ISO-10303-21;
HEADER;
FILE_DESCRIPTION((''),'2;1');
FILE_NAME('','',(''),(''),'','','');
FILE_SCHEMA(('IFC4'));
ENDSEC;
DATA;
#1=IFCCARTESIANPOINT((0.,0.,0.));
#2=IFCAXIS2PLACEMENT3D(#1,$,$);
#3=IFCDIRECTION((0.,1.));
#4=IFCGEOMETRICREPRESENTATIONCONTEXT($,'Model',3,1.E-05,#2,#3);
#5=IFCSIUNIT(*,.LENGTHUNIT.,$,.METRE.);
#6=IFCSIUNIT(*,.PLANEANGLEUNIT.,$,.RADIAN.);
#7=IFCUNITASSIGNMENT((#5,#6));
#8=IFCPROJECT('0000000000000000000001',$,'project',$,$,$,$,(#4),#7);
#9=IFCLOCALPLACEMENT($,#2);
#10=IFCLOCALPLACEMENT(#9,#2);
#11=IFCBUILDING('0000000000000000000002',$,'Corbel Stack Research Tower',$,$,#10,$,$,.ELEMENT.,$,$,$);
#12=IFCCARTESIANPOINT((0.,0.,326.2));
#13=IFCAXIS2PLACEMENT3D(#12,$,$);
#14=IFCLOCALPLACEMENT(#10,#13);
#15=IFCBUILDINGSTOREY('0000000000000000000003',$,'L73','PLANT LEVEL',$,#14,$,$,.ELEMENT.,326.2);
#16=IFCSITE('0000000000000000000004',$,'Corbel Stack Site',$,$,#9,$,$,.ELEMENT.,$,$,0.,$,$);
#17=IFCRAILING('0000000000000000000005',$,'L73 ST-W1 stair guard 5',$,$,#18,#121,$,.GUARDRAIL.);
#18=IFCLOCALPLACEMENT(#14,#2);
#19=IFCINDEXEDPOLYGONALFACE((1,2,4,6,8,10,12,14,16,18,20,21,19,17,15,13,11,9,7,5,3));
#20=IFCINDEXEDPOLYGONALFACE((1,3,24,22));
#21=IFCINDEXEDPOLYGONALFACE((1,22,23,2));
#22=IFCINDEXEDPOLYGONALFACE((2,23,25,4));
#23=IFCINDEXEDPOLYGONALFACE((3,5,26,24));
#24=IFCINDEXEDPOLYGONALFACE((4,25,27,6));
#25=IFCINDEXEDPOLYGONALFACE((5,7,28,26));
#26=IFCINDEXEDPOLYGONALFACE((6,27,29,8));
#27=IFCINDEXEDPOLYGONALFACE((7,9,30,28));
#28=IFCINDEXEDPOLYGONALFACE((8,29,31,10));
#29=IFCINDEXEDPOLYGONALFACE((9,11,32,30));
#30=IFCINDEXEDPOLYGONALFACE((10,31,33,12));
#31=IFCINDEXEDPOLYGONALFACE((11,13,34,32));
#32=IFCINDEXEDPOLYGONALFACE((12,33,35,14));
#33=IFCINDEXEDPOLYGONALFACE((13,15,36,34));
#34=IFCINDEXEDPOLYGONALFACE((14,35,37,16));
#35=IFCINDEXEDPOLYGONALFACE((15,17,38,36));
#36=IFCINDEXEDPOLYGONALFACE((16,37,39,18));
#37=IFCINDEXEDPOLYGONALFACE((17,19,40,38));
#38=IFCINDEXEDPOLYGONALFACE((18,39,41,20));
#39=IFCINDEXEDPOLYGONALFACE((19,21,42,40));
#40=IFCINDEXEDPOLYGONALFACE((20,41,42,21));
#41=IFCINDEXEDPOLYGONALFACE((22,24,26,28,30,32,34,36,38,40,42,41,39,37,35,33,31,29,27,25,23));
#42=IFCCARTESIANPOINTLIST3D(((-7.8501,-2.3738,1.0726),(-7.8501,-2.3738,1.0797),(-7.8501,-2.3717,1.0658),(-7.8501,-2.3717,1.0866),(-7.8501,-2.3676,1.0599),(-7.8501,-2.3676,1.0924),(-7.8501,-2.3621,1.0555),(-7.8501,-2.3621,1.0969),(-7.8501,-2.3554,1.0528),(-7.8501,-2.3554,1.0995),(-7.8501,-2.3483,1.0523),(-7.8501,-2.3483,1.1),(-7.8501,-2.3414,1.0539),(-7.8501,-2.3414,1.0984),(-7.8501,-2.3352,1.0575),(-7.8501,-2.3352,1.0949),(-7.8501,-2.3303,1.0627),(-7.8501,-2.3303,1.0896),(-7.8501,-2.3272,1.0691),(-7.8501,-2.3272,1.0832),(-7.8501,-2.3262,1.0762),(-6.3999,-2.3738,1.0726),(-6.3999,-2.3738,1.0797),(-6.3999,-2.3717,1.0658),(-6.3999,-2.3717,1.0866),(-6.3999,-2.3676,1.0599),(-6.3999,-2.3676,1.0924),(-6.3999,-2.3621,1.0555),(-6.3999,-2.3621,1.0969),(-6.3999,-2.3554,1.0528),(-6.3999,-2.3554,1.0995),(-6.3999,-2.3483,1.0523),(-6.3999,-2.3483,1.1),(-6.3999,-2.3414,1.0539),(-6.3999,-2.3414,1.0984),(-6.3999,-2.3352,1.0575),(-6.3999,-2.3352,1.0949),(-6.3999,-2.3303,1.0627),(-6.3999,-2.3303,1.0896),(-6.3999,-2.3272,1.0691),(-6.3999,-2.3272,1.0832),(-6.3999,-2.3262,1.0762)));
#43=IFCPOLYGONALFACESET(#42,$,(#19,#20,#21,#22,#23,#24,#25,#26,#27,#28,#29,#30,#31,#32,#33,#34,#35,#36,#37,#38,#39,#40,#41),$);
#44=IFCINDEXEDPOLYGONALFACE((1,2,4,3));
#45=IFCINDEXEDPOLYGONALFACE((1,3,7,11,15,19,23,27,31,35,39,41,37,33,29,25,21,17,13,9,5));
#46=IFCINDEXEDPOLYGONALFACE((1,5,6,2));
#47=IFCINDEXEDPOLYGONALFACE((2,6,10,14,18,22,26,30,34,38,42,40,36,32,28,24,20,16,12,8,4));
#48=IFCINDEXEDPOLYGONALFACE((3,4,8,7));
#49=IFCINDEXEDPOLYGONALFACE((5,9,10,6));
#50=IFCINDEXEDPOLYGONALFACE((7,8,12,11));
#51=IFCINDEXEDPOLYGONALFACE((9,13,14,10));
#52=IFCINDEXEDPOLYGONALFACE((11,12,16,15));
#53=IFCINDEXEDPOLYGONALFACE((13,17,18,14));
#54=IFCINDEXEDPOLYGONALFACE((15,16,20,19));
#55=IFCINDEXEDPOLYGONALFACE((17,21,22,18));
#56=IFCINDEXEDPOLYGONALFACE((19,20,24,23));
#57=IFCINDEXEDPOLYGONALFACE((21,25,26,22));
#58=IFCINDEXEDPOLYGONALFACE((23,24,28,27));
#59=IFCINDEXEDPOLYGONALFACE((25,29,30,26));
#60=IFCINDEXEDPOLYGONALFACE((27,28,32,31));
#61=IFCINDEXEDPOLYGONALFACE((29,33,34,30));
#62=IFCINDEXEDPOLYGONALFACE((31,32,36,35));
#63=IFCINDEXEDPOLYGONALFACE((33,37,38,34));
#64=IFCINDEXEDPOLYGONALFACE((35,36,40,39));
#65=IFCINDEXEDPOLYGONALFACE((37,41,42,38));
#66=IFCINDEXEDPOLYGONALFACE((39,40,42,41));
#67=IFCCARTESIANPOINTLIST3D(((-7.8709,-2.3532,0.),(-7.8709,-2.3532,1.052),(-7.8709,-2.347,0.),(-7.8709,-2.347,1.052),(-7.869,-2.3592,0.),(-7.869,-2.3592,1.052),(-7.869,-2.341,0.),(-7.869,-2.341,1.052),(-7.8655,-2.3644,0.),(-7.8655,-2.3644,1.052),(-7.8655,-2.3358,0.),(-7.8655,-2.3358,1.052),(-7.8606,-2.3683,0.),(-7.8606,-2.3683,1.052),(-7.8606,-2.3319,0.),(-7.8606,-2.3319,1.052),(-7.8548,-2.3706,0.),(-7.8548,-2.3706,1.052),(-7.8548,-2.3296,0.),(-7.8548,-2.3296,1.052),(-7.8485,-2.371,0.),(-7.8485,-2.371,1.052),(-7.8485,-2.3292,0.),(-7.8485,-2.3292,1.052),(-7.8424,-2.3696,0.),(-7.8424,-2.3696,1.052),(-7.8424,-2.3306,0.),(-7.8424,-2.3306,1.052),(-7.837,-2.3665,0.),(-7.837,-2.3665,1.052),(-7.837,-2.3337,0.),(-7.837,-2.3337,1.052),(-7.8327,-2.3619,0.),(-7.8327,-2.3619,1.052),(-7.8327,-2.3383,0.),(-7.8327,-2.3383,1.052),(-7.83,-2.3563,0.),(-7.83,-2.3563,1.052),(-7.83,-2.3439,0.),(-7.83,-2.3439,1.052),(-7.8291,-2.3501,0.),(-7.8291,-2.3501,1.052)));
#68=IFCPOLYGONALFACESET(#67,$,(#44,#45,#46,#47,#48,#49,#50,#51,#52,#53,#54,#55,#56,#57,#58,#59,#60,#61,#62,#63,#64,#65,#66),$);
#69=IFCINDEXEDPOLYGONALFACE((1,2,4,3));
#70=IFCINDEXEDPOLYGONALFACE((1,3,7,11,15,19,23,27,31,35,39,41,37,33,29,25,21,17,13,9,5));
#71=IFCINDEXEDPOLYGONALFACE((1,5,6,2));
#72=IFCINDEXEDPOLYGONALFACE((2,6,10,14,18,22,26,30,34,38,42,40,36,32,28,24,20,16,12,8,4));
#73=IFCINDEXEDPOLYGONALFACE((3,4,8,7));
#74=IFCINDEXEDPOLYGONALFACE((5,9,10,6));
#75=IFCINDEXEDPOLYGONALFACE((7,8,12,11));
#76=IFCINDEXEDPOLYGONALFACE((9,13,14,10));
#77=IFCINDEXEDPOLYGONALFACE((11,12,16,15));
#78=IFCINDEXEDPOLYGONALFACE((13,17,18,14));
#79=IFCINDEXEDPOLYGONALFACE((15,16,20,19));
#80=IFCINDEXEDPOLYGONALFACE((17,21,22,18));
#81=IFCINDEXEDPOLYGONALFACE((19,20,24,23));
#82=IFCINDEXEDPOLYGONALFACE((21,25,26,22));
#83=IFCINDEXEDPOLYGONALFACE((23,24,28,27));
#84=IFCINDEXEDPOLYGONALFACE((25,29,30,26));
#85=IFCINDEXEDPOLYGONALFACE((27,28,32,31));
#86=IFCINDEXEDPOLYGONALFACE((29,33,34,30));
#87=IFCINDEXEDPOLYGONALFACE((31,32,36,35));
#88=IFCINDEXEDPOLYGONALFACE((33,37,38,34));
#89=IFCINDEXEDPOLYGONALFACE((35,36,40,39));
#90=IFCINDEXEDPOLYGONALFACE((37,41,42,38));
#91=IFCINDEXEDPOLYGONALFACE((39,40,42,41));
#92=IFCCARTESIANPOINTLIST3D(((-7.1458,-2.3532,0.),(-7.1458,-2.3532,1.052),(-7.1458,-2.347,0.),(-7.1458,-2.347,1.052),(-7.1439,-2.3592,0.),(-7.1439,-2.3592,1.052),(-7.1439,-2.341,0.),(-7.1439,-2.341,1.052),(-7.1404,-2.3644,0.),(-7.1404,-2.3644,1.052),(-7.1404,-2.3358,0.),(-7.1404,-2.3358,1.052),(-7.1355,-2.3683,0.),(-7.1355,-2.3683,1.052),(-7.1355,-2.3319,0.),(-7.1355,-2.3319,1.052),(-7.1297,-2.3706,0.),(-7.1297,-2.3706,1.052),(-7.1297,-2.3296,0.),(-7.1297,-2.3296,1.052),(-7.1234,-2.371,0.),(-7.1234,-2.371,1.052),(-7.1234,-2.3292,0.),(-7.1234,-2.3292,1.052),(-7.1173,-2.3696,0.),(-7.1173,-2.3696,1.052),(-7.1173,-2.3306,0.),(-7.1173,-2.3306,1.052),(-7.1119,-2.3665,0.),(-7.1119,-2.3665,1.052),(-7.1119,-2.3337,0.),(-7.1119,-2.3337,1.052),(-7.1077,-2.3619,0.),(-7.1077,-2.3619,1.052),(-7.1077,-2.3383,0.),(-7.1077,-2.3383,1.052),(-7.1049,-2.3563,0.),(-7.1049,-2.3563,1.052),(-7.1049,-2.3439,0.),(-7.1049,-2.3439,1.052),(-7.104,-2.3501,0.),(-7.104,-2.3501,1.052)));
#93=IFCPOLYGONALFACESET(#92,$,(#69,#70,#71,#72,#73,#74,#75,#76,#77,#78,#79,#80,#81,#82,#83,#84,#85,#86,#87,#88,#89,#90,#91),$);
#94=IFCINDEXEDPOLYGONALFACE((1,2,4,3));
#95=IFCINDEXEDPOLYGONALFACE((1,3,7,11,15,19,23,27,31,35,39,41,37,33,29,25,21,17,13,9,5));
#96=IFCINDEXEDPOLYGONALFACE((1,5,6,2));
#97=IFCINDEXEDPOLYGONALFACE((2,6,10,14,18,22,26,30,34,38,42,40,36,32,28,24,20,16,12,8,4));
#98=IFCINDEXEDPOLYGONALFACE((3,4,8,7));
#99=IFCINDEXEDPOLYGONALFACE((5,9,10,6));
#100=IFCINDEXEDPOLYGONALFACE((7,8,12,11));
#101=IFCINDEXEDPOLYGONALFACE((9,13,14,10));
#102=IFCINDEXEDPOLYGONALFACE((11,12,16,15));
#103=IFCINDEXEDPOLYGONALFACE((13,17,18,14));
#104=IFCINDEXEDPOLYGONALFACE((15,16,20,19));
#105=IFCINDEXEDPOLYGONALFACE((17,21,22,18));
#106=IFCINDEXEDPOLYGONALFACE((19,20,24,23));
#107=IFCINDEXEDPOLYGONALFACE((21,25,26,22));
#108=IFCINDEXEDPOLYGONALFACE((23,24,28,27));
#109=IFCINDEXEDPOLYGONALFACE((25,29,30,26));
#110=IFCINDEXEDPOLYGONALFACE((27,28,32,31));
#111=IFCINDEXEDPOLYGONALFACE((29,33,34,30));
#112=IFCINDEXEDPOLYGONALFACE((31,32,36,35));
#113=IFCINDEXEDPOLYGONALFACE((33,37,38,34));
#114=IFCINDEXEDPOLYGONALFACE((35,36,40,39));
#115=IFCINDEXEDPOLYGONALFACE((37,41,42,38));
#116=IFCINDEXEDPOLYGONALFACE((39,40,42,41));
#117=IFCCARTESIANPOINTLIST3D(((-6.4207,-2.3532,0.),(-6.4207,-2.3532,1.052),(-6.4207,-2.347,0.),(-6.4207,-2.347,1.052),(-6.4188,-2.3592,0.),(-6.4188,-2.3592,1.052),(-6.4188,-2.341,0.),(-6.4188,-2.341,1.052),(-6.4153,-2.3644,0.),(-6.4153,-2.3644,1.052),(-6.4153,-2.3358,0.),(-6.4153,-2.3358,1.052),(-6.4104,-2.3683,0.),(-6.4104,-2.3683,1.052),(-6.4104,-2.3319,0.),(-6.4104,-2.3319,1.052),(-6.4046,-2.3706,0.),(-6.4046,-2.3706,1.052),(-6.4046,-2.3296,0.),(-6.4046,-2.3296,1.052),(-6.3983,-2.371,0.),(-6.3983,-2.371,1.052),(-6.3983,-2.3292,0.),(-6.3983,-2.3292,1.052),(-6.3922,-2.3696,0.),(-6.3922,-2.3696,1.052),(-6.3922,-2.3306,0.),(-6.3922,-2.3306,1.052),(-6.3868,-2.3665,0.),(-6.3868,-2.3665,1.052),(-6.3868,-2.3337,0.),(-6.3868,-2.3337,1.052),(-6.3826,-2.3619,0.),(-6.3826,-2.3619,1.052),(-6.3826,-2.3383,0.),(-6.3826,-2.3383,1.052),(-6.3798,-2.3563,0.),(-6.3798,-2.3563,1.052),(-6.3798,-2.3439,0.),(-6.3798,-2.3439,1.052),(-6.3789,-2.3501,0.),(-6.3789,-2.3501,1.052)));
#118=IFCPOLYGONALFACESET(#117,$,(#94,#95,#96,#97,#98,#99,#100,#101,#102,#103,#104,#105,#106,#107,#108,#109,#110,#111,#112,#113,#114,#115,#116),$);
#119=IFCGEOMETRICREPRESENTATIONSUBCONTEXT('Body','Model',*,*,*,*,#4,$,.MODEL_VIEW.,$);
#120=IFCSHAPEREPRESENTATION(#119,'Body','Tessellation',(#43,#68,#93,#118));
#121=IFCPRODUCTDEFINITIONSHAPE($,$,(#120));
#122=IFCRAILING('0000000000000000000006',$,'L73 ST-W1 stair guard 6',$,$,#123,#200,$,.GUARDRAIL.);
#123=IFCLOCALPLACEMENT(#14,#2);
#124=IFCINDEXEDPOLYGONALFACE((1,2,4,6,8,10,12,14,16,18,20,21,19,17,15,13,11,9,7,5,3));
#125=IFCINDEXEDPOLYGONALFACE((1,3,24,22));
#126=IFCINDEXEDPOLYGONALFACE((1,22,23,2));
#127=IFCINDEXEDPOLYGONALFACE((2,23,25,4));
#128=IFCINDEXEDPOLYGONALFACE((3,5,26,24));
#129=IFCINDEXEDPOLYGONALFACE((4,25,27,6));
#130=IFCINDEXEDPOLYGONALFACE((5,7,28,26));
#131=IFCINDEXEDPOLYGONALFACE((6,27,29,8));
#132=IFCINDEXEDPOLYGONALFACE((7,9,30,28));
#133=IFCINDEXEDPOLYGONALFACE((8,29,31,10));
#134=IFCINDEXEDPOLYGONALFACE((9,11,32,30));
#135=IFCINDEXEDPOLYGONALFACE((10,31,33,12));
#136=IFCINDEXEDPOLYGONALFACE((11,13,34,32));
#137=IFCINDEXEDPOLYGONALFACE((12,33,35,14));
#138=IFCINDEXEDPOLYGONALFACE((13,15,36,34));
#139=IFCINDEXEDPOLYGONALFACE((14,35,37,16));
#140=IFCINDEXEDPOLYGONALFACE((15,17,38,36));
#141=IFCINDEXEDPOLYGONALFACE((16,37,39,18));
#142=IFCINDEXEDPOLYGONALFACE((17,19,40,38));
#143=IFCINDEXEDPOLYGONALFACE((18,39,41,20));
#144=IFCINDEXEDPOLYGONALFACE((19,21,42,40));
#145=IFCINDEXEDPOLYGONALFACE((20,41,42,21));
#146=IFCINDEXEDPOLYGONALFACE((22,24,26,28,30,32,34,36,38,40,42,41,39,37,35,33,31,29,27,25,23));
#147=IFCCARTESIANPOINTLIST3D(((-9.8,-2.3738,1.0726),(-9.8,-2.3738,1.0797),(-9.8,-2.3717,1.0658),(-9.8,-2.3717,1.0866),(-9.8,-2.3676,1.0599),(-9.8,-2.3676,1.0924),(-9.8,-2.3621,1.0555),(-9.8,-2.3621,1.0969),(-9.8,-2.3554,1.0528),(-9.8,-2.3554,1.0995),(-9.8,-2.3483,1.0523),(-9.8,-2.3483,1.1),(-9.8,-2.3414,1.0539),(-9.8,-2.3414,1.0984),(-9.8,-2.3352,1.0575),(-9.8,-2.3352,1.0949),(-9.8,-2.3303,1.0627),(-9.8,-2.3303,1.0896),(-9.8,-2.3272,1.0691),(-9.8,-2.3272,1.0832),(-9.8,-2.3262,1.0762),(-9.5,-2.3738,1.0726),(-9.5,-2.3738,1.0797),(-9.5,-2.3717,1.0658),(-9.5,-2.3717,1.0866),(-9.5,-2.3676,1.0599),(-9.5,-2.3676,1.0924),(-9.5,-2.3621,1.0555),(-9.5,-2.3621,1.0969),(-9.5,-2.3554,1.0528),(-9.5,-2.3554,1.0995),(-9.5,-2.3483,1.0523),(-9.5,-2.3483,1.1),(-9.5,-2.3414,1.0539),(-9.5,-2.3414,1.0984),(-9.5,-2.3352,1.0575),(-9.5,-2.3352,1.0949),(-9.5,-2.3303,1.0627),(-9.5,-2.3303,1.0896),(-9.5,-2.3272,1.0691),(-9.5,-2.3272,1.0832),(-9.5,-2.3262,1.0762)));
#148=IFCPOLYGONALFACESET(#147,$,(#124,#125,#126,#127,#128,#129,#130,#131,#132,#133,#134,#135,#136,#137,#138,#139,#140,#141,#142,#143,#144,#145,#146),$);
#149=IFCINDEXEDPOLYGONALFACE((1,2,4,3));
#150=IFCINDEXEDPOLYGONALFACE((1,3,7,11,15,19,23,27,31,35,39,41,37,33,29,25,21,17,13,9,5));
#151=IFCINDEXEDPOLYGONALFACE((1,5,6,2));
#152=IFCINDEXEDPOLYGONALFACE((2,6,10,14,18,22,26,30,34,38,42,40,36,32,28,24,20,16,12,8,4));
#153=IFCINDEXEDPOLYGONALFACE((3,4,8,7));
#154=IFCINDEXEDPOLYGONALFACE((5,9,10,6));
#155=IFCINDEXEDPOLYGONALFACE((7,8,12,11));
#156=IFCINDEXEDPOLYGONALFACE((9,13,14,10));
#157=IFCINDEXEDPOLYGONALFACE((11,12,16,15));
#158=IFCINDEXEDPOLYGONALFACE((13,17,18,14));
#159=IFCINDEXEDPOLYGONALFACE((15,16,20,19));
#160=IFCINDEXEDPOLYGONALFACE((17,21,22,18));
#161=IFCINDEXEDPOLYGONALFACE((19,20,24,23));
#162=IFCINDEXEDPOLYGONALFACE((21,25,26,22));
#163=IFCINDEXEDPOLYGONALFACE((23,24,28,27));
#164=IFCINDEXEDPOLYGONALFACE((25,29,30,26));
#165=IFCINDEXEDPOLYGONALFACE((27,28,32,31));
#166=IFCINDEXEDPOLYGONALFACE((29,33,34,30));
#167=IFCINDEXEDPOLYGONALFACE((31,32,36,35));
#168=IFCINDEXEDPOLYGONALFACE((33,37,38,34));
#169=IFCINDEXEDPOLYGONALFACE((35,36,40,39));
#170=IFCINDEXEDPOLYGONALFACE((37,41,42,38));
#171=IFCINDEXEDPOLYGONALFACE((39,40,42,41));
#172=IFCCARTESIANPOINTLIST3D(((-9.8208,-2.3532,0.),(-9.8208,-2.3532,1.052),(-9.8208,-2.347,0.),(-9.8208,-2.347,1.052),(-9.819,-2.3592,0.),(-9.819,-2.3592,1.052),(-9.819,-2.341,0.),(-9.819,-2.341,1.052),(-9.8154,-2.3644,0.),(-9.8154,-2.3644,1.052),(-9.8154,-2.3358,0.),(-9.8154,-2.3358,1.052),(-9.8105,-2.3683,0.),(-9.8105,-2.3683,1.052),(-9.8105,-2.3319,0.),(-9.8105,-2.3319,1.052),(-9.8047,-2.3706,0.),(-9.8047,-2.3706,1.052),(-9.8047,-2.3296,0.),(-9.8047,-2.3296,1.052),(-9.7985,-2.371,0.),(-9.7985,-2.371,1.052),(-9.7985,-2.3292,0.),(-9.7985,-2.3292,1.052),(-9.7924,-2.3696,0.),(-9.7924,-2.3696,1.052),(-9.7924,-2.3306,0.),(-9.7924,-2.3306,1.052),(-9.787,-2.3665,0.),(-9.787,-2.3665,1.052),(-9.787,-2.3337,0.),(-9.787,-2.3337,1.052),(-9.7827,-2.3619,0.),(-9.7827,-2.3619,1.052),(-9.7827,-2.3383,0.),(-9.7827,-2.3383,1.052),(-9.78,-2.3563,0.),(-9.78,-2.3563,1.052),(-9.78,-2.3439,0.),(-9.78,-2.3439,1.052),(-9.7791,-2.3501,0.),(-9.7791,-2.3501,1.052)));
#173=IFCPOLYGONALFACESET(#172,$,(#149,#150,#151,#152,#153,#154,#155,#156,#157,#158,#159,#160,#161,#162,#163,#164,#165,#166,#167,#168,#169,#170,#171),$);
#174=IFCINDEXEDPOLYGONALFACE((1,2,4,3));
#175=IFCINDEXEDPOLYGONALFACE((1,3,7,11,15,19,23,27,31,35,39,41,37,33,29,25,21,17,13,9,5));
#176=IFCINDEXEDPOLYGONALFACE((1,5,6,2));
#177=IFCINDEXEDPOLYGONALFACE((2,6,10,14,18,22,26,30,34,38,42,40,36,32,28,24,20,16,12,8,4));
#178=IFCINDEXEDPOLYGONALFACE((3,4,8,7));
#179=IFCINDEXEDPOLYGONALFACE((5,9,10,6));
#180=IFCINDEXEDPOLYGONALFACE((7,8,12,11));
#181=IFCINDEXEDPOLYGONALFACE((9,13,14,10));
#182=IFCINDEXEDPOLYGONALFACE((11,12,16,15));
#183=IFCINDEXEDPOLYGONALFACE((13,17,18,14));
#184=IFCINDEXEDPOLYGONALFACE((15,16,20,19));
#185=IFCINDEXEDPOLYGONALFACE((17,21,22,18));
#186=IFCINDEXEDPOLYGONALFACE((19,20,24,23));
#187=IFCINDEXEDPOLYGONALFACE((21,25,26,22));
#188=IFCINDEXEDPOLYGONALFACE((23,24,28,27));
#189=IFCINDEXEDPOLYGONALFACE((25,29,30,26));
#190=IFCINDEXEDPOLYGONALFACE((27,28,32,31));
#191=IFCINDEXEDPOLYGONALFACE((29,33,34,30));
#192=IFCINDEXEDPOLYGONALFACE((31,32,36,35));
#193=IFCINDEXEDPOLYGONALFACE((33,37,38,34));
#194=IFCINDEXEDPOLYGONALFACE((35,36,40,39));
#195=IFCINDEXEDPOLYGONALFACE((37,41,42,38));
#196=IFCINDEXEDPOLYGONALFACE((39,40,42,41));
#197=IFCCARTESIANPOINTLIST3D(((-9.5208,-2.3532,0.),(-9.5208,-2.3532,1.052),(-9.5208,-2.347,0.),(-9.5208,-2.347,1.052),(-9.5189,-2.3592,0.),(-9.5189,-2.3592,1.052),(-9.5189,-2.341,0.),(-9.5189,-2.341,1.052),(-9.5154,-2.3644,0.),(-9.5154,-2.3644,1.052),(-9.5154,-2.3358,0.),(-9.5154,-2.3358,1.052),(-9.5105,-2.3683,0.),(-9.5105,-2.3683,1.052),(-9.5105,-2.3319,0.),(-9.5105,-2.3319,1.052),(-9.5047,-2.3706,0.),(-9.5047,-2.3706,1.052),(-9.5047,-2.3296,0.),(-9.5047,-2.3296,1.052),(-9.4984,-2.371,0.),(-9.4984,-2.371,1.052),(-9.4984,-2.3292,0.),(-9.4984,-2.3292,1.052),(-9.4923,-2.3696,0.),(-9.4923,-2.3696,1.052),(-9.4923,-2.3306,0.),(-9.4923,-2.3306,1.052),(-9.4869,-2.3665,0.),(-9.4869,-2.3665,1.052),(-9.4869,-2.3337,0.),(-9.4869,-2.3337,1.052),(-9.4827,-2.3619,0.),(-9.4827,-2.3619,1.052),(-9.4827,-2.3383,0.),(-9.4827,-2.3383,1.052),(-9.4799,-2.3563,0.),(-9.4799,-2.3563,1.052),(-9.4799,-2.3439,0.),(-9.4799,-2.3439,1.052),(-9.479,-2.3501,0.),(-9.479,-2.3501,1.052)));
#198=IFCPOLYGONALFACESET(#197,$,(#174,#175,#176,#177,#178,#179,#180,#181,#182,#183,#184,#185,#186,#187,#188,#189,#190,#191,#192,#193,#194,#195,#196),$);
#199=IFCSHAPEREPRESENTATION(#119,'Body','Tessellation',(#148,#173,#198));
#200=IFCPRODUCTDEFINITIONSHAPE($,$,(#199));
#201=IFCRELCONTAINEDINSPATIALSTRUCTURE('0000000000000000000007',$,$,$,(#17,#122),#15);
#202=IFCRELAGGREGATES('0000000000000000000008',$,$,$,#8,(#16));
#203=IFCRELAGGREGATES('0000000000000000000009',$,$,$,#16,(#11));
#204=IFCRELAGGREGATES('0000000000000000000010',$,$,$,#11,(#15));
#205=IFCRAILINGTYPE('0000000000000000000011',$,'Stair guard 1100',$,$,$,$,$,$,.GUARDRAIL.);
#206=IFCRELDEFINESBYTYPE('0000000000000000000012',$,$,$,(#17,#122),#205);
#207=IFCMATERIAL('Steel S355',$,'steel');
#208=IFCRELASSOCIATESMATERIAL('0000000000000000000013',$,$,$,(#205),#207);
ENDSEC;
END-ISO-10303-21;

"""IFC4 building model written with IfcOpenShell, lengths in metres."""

from ifc_helpers import new_model, si_unit, direction, frame, origin, origin_2d, place, context, subcontext, project, spatial, circle, extrude, material, type_object, element, save


model = new_model("IFC4")

# Units and contexts
model_context = context("Model", 3, precision=1e-05, world=origin(), true_north=direction((0.0, 1.0)))
body_context = subcontext(model_context, "Body", "Model", "MODEL_VIEW")
ifc_project = project(units=[si_unit("LENGTHUNIT", "METRE"), si_unit("PLANEANGLEUNIT", "RADIAN")], contexts=[model_context])

# Site, building, storey
site_placement = place(None, origin())
site = spatial("IfcSite", under=ifc_project, at=site_placement, Name="Corbel Stack Site", CompositionType="ELEMENT", RefElevation=0.0)
building_placement = place(site_placement, origin())
building = spatial("IfcBuilding", under=site, at=building_placement, Name="Corbel Stack Research Tower", CompositionType="ELEMENT")
storey_placement = place(building_placement, frame((0.0, 0.0, 326.2)))
storey = spatial("IfcBuildingStorey", under=building, at=storey_placement, Name="L73", Description="PLANT LEVEL", CompositionType="ELEMENT", Elevation=326.2)

# Railings
ifc_material_1 = material(Name="Steel S355", Category="steel")
railing_type_1 = type_object("IfcRailingType", Name="Stair guard 1100", PredefinedType="GUARDRAIL", material=ifc_material_1)
railing_1_placement = place(storey_placement, frame((-7.8501, -2.3501, 0.0)))
element("IfcRailing", 1, at=railing_1_placement, inside=storey, type_object=railing_type_1, Name="L73 ST-W1 stair guard 5", PredefinedType="GUARDRAIL", context=body_context, shape_type="SweptSolid", body=[
    extrude(circle(Radius=0.0239, at=origin_2d()), frame((0.0, 0.0, 1.0762), z_axis=(1.0, 0.0, 0.0), x_axis=(0.0, 1.0, 0.0)), (0.0, 0.0, 1.0), 1.4502),
    extrude(circle(Radius=0.021, at=origin_2d()), origin(), (0.0, 0.0, 1.0), 1.052),
    extrude(circle(Radius=0.021, at=origin_2d()), frame((0.7251, 0.0, 0.0)), (0.0, 0.0, 1.0), 1.052),
    extrude(circle(Radius=0.021, at=origin_2d()), frame((1.4502, 0.0, 0.0)), (0.0, 0.0, 1.0), 1.052),
])
railing_2_placement = place(storey_placement, frame((-9.8, -2.3501, 0.0)))
element("IfcRailing", 2, at=railing_2_placement, inside=storey, type_object=railing_type_1, Name="L73 ST-W1 stair guard 6", PredefinedType="GUARDRAIL", context=body_context, shape_type="SweptSolid", body=[
    extrude(circle(Radius=0.0239, at=origin_2d()), frame((0.0, 0.0, 1.0762), z_axis=(1.0, 0.0, 0.0), x_axis=(0.0, 1.0, 0.0)), (0.0, 0.0, 1.0), 0.3),
    extrude(circle(Radius=0.021, at=origin_2d()), origin(), (0.0, 0.0, 1.0), 1.052),
    extrude(circle(Radius=0.021, at=origin_2d()), frame((0.3, 0.0, 0.0)), (0.0, 0.0, 1.0), 1.052),
])

save(model, "model.ifc")
